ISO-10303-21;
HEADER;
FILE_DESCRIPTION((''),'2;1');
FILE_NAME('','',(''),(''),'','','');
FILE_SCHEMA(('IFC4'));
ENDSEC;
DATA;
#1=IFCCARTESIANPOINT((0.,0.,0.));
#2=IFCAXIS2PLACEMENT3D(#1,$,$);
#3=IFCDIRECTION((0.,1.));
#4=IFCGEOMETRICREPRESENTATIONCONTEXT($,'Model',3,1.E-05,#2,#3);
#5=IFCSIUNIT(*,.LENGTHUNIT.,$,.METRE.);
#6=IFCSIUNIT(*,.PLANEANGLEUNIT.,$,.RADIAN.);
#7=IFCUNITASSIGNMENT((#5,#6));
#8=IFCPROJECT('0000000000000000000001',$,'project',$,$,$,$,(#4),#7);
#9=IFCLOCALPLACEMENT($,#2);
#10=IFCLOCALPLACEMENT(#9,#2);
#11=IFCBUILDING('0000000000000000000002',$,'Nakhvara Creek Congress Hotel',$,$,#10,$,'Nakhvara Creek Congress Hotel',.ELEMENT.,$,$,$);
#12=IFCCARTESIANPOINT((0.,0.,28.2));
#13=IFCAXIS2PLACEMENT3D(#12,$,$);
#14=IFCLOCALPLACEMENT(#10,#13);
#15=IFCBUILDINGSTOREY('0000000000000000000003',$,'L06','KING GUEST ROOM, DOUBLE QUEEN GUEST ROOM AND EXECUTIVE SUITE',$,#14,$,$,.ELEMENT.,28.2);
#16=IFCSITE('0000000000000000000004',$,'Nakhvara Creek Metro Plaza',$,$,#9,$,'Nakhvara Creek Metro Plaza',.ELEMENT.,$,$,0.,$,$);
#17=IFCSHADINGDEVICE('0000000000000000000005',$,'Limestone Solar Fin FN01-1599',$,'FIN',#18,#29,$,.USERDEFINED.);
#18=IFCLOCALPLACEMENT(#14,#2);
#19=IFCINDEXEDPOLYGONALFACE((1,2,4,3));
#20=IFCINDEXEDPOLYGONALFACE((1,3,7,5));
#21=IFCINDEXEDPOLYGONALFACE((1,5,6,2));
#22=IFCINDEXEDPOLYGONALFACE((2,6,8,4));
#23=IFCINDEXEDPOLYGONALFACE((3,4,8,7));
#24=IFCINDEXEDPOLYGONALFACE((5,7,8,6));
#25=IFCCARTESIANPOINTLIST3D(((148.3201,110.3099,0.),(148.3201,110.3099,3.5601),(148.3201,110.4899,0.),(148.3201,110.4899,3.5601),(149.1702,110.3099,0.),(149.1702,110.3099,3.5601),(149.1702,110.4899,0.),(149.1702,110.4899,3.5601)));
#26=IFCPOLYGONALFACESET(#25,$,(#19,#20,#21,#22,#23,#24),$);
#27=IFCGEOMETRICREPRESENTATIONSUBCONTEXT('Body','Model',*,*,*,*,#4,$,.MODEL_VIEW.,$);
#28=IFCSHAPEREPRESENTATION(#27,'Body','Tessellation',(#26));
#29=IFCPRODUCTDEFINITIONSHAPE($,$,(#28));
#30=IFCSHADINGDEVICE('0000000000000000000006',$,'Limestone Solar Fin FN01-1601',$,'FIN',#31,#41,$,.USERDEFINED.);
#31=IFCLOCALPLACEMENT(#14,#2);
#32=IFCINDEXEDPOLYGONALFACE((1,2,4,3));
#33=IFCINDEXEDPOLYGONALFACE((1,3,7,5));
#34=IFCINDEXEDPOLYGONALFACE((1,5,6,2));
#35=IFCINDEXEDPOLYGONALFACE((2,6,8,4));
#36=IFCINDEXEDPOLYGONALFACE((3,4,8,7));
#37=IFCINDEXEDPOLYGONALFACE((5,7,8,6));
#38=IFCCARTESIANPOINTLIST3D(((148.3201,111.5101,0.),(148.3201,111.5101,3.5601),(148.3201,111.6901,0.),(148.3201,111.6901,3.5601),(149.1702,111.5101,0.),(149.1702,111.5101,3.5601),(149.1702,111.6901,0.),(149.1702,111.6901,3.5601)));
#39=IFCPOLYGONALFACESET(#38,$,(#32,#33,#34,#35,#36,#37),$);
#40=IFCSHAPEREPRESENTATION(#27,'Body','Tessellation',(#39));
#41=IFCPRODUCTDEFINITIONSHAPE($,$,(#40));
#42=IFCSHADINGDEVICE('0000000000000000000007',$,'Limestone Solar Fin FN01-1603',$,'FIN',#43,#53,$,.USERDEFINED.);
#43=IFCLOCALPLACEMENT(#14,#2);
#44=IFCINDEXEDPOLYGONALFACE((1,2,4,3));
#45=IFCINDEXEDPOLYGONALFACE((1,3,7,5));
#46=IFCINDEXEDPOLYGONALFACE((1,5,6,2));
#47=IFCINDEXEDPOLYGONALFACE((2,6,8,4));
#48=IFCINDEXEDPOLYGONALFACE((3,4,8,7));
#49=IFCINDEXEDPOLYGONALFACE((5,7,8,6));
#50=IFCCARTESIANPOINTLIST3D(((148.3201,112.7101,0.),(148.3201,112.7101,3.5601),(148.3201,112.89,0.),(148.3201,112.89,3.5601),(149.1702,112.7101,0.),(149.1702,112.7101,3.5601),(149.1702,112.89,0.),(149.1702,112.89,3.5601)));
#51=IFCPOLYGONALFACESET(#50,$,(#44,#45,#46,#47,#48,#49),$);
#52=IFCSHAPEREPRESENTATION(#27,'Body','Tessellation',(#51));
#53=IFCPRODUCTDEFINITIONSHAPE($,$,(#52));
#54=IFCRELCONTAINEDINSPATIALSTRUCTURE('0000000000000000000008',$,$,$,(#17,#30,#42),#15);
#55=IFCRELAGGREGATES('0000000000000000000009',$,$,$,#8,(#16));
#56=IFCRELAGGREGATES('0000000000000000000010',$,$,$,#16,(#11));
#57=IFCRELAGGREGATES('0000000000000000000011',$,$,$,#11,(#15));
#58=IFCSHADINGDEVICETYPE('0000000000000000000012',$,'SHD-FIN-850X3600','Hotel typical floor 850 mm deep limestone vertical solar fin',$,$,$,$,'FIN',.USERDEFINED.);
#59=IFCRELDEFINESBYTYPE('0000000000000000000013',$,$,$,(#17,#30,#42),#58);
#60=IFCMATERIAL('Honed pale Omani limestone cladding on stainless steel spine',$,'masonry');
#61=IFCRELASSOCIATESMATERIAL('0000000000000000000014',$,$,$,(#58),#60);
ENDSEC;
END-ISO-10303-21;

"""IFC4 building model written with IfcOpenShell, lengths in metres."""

from ifc_helpers import new_model, si_unit, direction, frame, origin, origin_2d, place, context, subcontext, project, spatial, rectangle, extrude, material, type_object, element, save


model = new_model("IFC4")

# Units and contexts
model_context = context("Model", 3, precision=1e-05, world=origin(), true_north=direction((0.0, 1.0)))
body_context = subcontext(model_context, "Body", "Model", "MODEL_VIEW")
ifc_project = project(units=[si_unit("LENGTHUNIT", "METRE"), si_unit("PLANEANGLEUNIT", "RADIAN")], contexts=[model_context])

# Site, building, storey
site_placement = place(None, origin())
site = spatial("IfcSite", under=ifc_project, at=site_placement, Name="Nakhvara Creek Metro Plaza", LongName="Nakhvara Creek Metro Plaza", CompositionType="ELEMENT", RefElevation=0.0)
building_placement = place(site_placement, origin())
building = spatial("IfcBuilding", under=site, at=building_placement, Name="Nakhvara Creek Congress Hotel", LongName="Nakhvara Creek Congress Hotel", CompositionType="ELEMENT")
storey_placement = place(building_placement, frame((0.0, 0.0, 28.2)))
storey = spatial("IfcBuildingStorey", under=building, at=storey_placement, Name="L06", Description="KING GUEST ROOM, DOUBLE QUEEN GUEST ROOM AND EXECUTIVE SUITE", CompositionType="ELEMENT", Elevation=28.2)

# Shading devices
ifc_material_1 = material(Name="Honed pale Omani limestone cladding on stainless steel spine", Category="masonry")
shading_device_type = type_object("IfcShadingDeviceType", Name="SHD-FIN-850X3600", Description="Hotel typical floor 850 mm deep limestone vertical solar fin", ElementType="FIN", PredefinedType="USERDEFINED", material=ifc_material_1)
for number, where, z_axis, x_axis, name in (
    (1, (148.7451, 110.3999, 0.0), (0.0, 0.0, 1.0), (0.0, 1.0, 0.0), "Limestone Solar Fin FN01-1599"),
    (2, (148.7451, 111.6001, 0.0), (0.0, 0.0, 1.0), (0.0, 1.0, 0.0), "Limestone Solar Fin FN01-1601"),
    (3, (148.7451, 112.8, 0.0), (0.0, 0.0, 1.0), (0.0, 1.0, 0.0), "Limestone Solar Fin FN01-1603"),
):
    element("IfcShadingDevice", number, at=place(storey_placement, frame(where, z_axis=z_axis, x_axis=x_axis)), inside=storey, type_object=shading_device_type, Name=name, ObjectType="FIN", PredefinedType="USERDEFINED", context=body_context, shape_type="SweptSolid", body=[
        extrude(rectangle(XDim=0.1799, YDim=0.8501, at=origin_2d()), origin(), (0.0, 0.0, 1.0), 3.5601),
    ])

save(model, "model.ifc")
